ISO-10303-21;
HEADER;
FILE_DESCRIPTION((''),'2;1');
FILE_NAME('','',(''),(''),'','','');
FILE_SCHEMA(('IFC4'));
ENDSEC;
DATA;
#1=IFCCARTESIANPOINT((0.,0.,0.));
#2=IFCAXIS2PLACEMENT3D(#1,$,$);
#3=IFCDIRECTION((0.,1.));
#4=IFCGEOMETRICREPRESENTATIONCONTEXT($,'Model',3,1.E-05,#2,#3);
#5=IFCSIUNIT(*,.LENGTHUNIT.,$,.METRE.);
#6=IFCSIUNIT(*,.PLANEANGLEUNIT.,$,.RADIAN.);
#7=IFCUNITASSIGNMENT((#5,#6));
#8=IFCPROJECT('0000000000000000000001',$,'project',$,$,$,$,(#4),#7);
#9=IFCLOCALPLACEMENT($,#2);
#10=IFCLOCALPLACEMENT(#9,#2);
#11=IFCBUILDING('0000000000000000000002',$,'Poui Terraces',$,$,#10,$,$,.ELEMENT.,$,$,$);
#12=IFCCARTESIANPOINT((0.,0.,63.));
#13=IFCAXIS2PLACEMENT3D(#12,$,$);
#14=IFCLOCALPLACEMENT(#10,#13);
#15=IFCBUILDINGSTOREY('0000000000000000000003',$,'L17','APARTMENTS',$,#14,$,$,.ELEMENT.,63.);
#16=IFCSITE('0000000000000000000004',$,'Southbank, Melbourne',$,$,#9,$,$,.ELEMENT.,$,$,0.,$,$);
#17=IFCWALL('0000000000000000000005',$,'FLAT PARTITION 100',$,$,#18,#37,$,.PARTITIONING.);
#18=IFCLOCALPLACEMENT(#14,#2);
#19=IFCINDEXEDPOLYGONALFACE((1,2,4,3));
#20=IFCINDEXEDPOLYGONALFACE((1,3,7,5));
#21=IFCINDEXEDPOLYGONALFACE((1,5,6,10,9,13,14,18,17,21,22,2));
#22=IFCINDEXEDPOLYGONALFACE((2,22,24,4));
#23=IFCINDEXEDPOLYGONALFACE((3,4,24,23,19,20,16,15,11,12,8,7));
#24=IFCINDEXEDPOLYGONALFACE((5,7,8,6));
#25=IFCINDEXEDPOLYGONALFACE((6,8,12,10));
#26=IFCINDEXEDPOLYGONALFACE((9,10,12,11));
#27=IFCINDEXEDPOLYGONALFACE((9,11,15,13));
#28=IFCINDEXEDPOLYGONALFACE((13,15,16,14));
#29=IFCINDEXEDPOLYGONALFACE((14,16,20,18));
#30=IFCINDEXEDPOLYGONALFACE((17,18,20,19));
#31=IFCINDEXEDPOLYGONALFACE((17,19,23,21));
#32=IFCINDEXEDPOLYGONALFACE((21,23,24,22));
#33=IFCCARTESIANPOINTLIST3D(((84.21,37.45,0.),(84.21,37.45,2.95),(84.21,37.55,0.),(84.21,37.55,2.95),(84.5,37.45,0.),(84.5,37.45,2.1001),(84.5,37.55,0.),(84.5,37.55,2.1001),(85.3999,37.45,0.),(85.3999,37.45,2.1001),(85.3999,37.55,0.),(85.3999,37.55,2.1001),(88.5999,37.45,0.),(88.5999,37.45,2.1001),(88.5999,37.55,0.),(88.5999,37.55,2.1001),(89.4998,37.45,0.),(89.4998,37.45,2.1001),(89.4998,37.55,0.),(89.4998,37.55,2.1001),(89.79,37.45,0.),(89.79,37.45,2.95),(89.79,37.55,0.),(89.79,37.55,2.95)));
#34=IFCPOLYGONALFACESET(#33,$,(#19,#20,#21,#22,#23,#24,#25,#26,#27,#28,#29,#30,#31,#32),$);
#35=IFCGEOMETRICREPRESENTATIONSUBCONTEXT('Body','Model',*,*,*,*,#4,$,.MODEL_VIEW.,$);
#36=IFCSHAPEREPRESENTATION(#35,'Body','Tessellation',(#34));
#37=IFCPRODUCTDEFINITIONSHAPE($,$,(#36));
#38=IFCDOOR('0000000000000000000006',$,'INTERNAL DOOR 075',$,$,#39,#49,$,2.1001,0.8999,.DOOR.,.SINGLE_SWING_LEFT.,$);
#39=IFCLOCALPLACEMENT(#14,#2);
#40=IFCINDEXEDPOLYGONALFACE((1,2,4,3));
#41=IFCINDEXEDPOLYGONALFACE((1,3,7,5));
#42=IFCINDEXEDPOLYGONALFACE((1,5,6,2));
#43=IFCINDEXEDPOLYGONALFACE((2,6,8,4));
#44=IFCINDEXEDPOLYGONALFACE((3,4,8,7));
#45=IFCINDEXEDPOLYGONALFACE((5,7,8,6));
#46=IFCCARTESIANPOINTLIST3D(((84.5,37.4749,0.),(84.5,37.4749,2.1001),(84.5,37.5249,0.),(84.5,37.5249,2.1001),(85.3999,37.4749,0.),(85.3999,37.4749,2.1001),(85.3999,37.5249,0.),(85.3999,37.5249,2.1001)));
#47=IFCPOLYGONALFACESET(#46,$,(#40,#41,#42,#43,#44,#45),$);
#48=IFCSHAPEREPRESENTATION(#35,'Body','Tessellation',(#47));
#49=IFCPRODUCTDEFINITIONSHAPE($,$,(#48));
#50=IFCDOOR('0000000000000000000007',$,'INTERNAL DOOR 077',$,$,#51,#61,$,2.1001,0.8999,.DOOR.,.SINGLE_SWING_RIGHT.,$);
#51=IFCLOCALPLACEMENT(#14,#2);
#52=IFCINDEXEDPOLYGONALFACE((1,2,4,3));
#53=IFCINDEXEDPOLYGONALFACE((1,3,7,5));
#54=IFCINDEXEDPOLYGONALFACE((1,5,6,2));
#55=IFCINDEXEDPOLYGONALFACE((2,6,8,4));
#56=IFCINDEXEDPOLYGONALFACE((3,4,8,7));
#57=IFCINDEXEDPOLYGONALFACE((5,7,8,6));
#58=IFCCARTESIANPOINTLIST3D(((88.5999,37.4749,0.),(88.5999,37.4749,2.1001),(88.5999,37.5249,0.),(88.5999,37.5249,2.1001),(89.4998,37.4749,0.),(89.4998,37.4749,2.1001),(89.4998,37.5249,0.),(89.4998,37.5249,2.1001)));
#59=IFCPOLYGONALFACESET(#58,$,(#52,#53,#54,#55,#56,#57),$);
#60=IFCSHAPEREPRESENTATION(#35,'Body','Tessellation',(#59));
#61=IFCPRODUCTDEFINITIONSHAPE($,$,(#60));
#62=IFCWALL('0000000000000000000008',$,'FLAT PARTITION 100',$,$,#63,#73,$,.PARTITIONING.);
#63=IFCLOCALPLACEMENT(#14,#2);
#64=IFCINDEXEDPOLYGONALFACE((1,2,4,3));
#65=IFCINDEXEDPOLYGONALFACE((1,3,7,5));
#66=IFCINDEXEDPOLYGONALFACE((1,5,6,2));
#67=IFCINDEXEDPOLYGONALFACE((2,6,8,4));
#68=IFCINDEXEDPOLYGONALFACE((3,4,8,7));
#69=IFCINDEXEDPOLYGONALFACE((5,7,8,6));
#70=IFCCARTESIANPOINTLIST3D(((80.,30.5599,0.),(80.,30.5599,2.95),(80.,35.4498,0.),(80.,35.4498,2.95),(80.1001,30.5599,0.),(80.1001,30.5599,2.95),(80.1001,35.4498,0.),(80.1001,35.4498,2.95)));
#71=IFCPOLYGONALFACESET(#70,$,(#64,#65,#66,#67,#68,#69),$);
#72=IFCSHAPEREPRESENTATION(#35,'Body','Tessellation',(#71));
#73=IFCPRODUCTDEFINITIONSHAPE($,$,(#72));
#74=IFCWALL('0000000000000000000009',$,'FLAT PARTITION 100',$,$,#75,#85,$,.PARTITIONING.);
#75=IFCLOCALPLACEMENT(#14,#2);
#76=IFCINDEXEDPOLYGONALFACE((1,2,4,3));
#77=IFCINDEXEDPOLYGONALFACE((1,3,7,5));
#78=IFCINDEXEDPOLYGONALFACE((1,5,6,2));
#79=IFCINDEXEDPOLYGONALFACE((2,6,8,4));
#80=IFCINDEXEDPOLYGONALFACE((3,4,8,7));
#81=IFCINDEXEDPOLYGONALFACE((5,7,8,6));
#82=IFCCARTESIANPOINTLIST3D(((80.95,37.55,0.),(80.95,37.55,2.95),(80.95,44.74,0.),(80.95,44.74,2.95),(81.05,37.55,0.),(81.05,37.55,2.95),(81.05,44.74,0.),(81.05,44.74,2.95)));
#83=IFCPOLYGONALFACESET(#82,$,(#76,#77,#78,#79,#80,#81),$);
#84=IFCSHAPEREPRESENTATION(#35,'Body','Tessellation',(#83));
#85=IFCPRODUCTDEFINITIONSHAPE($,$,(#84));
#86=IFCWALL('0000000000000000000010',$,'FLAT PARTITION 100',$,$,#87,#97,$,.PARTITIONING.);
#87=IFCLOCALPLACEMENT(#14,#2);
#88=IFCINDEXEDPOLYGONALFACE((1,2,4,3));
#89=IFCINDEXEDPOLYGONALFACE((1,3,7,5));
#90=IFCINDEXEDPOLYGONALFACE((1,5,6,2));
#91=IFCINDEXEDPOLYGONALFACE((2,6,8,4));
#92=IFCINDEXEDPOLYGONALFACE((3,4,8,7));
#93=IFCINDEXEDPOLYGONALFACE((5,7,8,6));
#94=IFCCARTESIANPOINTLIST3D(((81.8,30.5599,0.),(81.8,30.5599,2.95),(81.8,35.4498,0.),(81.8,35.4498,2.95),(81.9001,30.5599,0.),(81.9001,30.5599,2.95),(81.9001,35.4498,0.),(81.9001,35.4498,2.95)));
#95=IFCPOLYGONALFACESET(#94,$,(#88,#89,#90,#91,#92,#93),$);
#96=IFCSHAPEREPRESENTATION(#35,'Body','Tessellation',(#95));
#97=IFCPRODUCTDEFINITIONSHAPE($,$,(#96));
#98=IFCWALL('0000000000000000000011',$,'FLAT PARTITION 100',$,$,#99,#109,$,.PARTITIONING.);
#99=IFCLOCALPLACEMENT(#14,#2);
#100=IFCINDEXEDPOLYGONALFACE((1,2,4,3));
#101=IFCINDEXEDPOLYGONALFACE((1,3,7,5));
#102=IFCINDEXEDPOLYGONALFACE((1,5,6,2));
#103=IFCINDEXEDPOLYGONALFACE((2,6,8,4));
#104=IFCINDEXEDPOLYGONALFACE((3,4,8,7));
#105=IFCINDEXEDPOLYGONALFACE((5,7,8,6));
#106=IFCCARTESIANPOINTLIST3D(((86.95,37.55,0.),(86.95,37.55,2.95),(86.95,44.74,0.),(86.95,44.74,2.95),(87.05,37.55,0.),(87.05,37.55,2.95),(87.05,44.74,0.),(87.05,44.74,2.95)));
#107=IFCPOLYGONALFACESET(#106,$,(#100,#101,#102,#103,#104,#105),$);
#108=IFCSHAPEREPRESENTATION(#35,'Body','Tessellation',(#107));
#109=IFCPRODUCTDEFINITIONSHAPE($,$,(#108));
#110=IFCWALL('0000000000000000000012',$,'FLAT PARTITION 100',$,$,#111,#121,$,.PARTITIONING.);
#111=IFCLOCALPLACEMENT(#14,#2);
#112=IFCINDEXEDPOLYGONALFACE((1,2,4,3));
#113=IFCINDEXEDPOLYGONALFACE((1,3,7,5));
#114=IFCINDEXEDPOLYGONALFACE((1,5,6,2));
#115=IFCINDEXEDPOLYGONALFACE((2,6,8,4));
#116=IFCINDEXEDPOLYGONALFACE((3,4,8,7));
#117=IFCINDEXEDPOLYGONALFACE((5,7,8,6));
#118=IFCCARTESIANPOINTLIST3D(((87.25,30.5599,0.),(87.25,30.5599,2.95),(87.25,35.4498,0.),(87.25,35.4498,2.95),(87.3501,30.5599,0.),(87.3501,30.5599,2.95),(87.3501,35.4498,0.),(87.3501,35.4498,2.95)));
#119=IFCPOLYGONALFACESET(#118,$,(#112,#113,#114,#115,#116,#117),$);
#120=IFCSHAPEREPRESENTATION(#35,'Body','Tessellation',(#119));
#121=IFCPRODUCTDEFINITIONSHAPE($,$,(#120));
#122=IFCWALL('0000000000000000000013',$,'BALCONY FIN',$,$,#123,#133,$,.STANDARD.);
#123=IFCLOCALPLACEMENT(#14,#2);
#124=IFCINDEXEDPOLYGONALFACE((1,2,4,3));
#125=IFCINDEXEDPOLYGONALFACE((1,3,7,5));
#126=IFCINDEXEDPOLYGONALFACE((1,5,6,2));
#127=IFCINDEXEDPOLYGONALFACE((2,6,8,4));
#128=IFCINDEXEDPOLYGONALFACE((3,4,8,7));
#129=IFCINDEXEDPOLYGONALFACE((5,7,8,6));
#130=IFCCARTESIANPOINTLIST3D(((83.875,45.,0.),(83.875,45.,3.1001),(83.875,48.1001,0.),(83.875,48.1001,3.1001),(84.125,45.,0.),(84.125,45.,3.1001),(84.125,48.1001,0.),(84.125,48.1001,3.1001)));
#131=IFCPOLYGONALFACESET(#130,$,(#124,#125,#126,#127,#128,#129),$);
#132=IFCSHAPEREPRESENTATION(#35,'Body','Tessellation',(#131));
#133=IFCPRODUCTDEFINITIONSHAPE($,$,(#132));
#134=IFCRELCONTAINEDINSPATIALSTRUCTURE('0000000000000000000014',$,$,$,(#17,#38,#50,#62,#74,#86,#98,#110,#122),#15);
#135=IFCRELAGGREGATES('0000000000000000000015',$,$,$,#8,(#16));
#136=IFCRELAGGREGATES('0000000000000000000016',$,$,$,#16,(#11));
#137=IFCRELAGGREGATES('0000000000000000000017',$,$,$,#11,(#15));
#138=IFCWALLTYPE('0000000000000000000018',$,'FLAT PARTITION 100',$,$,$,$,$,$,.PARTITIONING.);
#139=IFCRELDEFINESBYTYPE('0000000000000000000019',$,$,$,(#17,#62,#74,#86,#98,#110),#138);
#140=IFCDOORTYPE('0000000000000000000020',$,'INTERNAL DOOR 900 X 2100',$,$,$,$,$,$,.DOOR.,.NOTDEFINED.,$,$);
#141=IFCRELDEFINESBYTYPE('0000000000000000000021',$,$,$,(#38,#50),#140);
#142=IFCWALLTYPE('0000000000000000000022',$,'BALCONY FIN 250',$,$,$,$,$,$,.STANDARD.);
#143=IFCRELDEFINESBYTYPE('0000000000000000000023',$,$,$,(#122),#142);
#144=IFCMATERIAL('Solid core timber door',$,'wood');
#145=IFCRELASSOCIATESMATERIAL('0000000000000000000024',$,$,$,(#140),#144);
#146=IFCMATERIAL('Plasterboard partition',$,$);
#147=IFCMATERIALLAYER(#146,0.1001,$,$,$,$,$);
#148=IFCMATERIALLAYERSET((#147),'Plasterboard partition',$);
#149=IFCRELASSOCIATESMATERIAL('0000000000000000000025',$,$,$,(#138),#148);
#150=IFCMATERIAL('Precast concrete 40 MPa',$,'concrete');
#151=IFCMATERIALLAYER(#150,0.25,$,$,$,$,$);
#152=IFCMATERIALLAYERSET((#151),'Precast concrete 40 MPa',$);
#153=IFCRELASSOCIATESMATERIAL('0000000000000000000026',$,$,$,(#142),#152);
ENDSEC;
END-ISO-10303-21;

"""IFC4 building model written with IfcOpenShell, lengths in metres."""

from ifc_helpers import new_model, si_unit, direction, frame, frame_2d, origin, place, context, subcontext, project, spatial, polyline, rectangle, outline, extrude, source, transform, mapped, material, layer, layer_set, type_object, element, fill, save


model = new_model("IFC4")

# Units and contexts
model_context = context("Model", 3, precision=1e-05, world=origin(), true_north=direction((0.0, 1.0)))
body_context = subcontext(model_context, "Body", "Model", "MODEL_VIEW")
ifc_project = project(units=[si_unit("LENGTHUNIT", "METRE"), si_unit("PLANEANGLEUNIT", "RADIAN")], contexts=[model_context])

# Site, building, storey
site_placement = place(None, origin())
site = spatial("IfcSite", under=ifc_project, at=site_placement, Name="Southbank, Melbourne", CompositionType="ELEMENT", RefElevation=0.0)
building_placement = place(site_placement, origin())
building = spatial("IfcBuilding", under=site, at=building_placement, Name="Poui Terraces", CompositionType="ELEMENT")
storey_placement = place(building_placement, frame((0.0, 0.0, 63.0)))
storey = spatial("IfcBuildingStorey", under=building, at=storey_placement, Name="L17", Description="APARTMENTS", CompositionType="ELEMENT", Elevation=63.0)

# Shared definitions
ifc_material_1 = material(Name="Solid core timber door", Category="wood")
door_type_1 = type_object("IfcDoorType", Name="INTERNAL DOOR 900 X 2100", OperationType="NOTDEFINED", PredefinedType="DOOR", material=ifc_material_1)

# Shared definitions
ifc_material_2 = material(Name="Plasterboard partition")
ifc_layer_1 = layer(ifc_material_2, 0.1001)
ifc_layer_set_1 = layer_set([ifc_layer_1], Name="Plasterboard partition")
wall_type_1 = type_object("IfcWallType", Name="FLAT PARTITION 100", PredefinedType="PARTITIONING", material=ifc_layer_set_1)

# Wall, openings, doors
wall_1_placement = place(storey_placement, frame((84.21, 37.5, 0.0), z_axis=(0.0, 0.0, 1.0), x_axis=(1.0, 0.0, 0.0)))
wall_1 = element("IfcWall", 1, at=wall_1_placement, inside=storey, type_object=wall_type_1, Name="FLAT PARTITION 100", PredefinedType="PARTITIONING", context=body_context, shape_type="SweptSolid", body=[
    extrude(rectangle(XDim=5.5801, YDim=0.1001, at=frame_2d((2.79, 0.0))), origin(), (0.0, 0.0, 1.0), 2.95),
])
opening_1_placement = place(wall_1_placement, frame((0.29, 0.0, 0.0)))
opening_1 = element("IfcOpeningElement", 2, at=opening_1_placement, cuts=wall_1, PredefinedType="OPENING", context=body_context, shape_type="SweptSolid", body=[
    extrude(rectangle(XDim=0.8999, YDim=2.1001, at=frame_2d((0.45, 1.05))), frame((0.0, 0.0601, 0.0), z_axis=(0.0, -1.0, 0.0), x_axis=(1.0, 0.0, 0.0)), (0.0, 0.0, 1.0), 0.1201),
])
opening_2_placement = place(wall_1_placement, frame((4.3899, 0.0, 0.0)))
opening_2 = element("IfcOpeningElement", 3, at=opening_2_placement, cuts=wall_1, PredefinedType="OPENING", context=body_context, shape_type="SweptSolid", body=[
    extrude(rectangle(XDim=0.8999, YDim=2.1001, at=frame_2d((0.45, 1.05))), frame((0.0, 0.0601, 0.0), z_axis=(0.0, -1.0, 0.0), x_axis=(1.0, 0.0, 0.0)), (0.0, 0.0, 1.0), 0.1201),
])
door_1_placement = place(opening_1_placement, origin())
door_1 = element("IfcDoor", 4, at=door_1_placement, inside=storey, type_object=door_type_1, Name="INTERNAL DOOR 075", OperationType="SINGLE_SWING_LEFT", OverallHeight=2.1001, OverallWidth=0.8999, PredefinedType="DOOR", context=body_context, shape_type="SweptSolid", body=[
    extrude(rectangle(XDim=0.8999, YDim=2.1001, at=frame_2d((0.45, 1.05))), frame((0.0, 0.0249, 0.0), z_axis=(0.0, -1.0, 0.0), x_axis=(1.0, 0.0, 0.0)), (0.0, 0.0, 1.0), 0.05),
])
fill(opening_1, door_1)
door_2_placement = place(opening_2_placement, origin())
door_2 = element("IfcDoor", 5, at=door_2_placement, inside=storey, type_object=door_type_1, Name="INTERNAL DOOR 077", OperationType="SINGLE_SWING_RIGHT", OverallHeight=2.1001, OverallWidth=0.8999, PredefinedType="DOOR", context=body_context, shape_type="SweptSolid", body=[
    extrude(rectangle(XDim=0.8999, YDim=2.1001, at=frame_2d((0.45, 1.05))), frame((0.0, 0.0249, 0.0), z_axis=(0.0, -1.0, 0.0), x_axis=(1.0, 0.0, 0.0)), (0.0, 0.0, 1.0), 0.05),
])
fill(opening_2, door_2)

# Walls
wall_2_placement = place(storey_placement, frame((80.05, 30.5601, 0.0), z_axis=(0.0, 0.0, 1.0), x_axis=(0.0, 1.0, 0.0)))
element("IfcWall", 6, at=wall_2_placement, inside=storey, type_object=wall_type_1, Name="FLAT PARTITION 100", PredefinedType="PARTITIONING", context=body_context, shape_type="SweptSolid", body=[
    extrude(rectangle(XDim=4.8899, YDim=0.1001, at=frame_2d((2.4448, 0.0))), origin(), (0.0, 0.0, 1.0), 2.95),
])
wall_3_placement = place(storey_placement, frame((81.0, 37.55, 0.0), z_axis=(0.0, 0.0, 1.0), x_axis=(0.0, 1.0, 0.0)))
element("IfcWall", 7, at=wall_3_placement, inside=storey, type_object=wall_type_1, Name="FLAT PARTITION 100", PredefinedType="PARTITIONING", context=body_context, shape_type="SweptSolid", body=[
    extrude(rectangle(XDim=7.1899, YDim=0.1001, at=frame_2d((3.595, 0.0))), origin(), (0.0, 0.0, 1.0), 2.95),
])
wall_4_placement = place(storey_placement, frame((81.8501, 30.5601, 0.0), z_axis=(0.0, 0.0, 1.0), x_axis=(0.0, 1.0, 0.0)))
element("IfcWall", 8, at=wall_4_placement, inside=storey, type_object=wall_type_1, Name="FLAT PARTITION 100", PredefinedType="PARTITIONING", context=body_context, shape_type="SweptSolid", body=[
    extrude(rectangle(XDim=4.8899, YDim=0.1001, at=frame_2d((2.4448, 0.0))), origin(), (0.0, 0.0, 1.0), 2.95),
])
wall_5_placement = place(storey_placement, frame((87.0, 37.55, 0.0), z_axis=(0.0, 0.0, 1.0), x_axis=(0.0, 1.0, 0.0)))
element("IfcWall", 9, at=wall_5_placement, inside=storey, type_object=wall_type_1, Name="FLAT PARTITION 100", PredefinedType="PARTITIONING", context=body_context, shape_type="SweptSolid", body=[
    extrude(rectangle(XDim=7.1899, YDim=0.1001, at=frame_2d((3.595, 0.0))), origin(), (0.0, 0.0, 1.0), 2.95),
])
wall_6_placement = place(storey_placement, frame((87.3, 30.5601, 0.0), z_axis=(0.0, 0.0, 1.0), x_axis=(0.0, 1.0, 0.0)))
element("IfcWall", 10, at=wall_6_placement, inside=storey, type_object=wall_type_1, Name="FLAT PARTITION 100", PredefinedType="PARTITIONING", context=body_context, shape_type="SweptSolid", body=[
    extrude(rectangle(XDim=4.8899, YDim=0.1001, at=frame_2d((2.4448, 0.0))), origin(), (0.0, 0.0, 1.0), 2.95),
])
ifc_material_3 = material(Name="Precast concrete 40 MPa", Category="concrete")
ifc_layer_2 = layer(ifc_material_3, 0.25)
ifc_layer_set_2 = layer_set([ifc_layer_2], Name="Precast concrete 40 MPa")
wall_type_2 = type_object("IfcWallType", Name="BALCONY FIN 250", PredefinedType="STANDARD", material=ifc_layer_set_2)
shared_shape_1 = source(origin(), body_context, "Body", "SweptSolid", [
    extrude(outline(polyline([(0.0, 0.0), (0.25, 0.0), (0.25, 3.1001), (0.0, 3.1001), (0.0, 0.0)])), origin(), (0.0, 0.0, 1.0), 3.1001),
])
wall_7_placement = place(storey_placement, frame((83.875, 45.0, 0.0)))
element("IfcWall", 11, at=wall_7_placement, inside=storey, type_object=wall_type_2, Name="BALCONY FIN", PredefinedType="STANDARD", context=body_context, shape_type="MappedRepresentation", body=[
    mapped(shared_shape_1, transform((0.0, 0.0, 0.0))),
])

save(model, "model.ifc")
